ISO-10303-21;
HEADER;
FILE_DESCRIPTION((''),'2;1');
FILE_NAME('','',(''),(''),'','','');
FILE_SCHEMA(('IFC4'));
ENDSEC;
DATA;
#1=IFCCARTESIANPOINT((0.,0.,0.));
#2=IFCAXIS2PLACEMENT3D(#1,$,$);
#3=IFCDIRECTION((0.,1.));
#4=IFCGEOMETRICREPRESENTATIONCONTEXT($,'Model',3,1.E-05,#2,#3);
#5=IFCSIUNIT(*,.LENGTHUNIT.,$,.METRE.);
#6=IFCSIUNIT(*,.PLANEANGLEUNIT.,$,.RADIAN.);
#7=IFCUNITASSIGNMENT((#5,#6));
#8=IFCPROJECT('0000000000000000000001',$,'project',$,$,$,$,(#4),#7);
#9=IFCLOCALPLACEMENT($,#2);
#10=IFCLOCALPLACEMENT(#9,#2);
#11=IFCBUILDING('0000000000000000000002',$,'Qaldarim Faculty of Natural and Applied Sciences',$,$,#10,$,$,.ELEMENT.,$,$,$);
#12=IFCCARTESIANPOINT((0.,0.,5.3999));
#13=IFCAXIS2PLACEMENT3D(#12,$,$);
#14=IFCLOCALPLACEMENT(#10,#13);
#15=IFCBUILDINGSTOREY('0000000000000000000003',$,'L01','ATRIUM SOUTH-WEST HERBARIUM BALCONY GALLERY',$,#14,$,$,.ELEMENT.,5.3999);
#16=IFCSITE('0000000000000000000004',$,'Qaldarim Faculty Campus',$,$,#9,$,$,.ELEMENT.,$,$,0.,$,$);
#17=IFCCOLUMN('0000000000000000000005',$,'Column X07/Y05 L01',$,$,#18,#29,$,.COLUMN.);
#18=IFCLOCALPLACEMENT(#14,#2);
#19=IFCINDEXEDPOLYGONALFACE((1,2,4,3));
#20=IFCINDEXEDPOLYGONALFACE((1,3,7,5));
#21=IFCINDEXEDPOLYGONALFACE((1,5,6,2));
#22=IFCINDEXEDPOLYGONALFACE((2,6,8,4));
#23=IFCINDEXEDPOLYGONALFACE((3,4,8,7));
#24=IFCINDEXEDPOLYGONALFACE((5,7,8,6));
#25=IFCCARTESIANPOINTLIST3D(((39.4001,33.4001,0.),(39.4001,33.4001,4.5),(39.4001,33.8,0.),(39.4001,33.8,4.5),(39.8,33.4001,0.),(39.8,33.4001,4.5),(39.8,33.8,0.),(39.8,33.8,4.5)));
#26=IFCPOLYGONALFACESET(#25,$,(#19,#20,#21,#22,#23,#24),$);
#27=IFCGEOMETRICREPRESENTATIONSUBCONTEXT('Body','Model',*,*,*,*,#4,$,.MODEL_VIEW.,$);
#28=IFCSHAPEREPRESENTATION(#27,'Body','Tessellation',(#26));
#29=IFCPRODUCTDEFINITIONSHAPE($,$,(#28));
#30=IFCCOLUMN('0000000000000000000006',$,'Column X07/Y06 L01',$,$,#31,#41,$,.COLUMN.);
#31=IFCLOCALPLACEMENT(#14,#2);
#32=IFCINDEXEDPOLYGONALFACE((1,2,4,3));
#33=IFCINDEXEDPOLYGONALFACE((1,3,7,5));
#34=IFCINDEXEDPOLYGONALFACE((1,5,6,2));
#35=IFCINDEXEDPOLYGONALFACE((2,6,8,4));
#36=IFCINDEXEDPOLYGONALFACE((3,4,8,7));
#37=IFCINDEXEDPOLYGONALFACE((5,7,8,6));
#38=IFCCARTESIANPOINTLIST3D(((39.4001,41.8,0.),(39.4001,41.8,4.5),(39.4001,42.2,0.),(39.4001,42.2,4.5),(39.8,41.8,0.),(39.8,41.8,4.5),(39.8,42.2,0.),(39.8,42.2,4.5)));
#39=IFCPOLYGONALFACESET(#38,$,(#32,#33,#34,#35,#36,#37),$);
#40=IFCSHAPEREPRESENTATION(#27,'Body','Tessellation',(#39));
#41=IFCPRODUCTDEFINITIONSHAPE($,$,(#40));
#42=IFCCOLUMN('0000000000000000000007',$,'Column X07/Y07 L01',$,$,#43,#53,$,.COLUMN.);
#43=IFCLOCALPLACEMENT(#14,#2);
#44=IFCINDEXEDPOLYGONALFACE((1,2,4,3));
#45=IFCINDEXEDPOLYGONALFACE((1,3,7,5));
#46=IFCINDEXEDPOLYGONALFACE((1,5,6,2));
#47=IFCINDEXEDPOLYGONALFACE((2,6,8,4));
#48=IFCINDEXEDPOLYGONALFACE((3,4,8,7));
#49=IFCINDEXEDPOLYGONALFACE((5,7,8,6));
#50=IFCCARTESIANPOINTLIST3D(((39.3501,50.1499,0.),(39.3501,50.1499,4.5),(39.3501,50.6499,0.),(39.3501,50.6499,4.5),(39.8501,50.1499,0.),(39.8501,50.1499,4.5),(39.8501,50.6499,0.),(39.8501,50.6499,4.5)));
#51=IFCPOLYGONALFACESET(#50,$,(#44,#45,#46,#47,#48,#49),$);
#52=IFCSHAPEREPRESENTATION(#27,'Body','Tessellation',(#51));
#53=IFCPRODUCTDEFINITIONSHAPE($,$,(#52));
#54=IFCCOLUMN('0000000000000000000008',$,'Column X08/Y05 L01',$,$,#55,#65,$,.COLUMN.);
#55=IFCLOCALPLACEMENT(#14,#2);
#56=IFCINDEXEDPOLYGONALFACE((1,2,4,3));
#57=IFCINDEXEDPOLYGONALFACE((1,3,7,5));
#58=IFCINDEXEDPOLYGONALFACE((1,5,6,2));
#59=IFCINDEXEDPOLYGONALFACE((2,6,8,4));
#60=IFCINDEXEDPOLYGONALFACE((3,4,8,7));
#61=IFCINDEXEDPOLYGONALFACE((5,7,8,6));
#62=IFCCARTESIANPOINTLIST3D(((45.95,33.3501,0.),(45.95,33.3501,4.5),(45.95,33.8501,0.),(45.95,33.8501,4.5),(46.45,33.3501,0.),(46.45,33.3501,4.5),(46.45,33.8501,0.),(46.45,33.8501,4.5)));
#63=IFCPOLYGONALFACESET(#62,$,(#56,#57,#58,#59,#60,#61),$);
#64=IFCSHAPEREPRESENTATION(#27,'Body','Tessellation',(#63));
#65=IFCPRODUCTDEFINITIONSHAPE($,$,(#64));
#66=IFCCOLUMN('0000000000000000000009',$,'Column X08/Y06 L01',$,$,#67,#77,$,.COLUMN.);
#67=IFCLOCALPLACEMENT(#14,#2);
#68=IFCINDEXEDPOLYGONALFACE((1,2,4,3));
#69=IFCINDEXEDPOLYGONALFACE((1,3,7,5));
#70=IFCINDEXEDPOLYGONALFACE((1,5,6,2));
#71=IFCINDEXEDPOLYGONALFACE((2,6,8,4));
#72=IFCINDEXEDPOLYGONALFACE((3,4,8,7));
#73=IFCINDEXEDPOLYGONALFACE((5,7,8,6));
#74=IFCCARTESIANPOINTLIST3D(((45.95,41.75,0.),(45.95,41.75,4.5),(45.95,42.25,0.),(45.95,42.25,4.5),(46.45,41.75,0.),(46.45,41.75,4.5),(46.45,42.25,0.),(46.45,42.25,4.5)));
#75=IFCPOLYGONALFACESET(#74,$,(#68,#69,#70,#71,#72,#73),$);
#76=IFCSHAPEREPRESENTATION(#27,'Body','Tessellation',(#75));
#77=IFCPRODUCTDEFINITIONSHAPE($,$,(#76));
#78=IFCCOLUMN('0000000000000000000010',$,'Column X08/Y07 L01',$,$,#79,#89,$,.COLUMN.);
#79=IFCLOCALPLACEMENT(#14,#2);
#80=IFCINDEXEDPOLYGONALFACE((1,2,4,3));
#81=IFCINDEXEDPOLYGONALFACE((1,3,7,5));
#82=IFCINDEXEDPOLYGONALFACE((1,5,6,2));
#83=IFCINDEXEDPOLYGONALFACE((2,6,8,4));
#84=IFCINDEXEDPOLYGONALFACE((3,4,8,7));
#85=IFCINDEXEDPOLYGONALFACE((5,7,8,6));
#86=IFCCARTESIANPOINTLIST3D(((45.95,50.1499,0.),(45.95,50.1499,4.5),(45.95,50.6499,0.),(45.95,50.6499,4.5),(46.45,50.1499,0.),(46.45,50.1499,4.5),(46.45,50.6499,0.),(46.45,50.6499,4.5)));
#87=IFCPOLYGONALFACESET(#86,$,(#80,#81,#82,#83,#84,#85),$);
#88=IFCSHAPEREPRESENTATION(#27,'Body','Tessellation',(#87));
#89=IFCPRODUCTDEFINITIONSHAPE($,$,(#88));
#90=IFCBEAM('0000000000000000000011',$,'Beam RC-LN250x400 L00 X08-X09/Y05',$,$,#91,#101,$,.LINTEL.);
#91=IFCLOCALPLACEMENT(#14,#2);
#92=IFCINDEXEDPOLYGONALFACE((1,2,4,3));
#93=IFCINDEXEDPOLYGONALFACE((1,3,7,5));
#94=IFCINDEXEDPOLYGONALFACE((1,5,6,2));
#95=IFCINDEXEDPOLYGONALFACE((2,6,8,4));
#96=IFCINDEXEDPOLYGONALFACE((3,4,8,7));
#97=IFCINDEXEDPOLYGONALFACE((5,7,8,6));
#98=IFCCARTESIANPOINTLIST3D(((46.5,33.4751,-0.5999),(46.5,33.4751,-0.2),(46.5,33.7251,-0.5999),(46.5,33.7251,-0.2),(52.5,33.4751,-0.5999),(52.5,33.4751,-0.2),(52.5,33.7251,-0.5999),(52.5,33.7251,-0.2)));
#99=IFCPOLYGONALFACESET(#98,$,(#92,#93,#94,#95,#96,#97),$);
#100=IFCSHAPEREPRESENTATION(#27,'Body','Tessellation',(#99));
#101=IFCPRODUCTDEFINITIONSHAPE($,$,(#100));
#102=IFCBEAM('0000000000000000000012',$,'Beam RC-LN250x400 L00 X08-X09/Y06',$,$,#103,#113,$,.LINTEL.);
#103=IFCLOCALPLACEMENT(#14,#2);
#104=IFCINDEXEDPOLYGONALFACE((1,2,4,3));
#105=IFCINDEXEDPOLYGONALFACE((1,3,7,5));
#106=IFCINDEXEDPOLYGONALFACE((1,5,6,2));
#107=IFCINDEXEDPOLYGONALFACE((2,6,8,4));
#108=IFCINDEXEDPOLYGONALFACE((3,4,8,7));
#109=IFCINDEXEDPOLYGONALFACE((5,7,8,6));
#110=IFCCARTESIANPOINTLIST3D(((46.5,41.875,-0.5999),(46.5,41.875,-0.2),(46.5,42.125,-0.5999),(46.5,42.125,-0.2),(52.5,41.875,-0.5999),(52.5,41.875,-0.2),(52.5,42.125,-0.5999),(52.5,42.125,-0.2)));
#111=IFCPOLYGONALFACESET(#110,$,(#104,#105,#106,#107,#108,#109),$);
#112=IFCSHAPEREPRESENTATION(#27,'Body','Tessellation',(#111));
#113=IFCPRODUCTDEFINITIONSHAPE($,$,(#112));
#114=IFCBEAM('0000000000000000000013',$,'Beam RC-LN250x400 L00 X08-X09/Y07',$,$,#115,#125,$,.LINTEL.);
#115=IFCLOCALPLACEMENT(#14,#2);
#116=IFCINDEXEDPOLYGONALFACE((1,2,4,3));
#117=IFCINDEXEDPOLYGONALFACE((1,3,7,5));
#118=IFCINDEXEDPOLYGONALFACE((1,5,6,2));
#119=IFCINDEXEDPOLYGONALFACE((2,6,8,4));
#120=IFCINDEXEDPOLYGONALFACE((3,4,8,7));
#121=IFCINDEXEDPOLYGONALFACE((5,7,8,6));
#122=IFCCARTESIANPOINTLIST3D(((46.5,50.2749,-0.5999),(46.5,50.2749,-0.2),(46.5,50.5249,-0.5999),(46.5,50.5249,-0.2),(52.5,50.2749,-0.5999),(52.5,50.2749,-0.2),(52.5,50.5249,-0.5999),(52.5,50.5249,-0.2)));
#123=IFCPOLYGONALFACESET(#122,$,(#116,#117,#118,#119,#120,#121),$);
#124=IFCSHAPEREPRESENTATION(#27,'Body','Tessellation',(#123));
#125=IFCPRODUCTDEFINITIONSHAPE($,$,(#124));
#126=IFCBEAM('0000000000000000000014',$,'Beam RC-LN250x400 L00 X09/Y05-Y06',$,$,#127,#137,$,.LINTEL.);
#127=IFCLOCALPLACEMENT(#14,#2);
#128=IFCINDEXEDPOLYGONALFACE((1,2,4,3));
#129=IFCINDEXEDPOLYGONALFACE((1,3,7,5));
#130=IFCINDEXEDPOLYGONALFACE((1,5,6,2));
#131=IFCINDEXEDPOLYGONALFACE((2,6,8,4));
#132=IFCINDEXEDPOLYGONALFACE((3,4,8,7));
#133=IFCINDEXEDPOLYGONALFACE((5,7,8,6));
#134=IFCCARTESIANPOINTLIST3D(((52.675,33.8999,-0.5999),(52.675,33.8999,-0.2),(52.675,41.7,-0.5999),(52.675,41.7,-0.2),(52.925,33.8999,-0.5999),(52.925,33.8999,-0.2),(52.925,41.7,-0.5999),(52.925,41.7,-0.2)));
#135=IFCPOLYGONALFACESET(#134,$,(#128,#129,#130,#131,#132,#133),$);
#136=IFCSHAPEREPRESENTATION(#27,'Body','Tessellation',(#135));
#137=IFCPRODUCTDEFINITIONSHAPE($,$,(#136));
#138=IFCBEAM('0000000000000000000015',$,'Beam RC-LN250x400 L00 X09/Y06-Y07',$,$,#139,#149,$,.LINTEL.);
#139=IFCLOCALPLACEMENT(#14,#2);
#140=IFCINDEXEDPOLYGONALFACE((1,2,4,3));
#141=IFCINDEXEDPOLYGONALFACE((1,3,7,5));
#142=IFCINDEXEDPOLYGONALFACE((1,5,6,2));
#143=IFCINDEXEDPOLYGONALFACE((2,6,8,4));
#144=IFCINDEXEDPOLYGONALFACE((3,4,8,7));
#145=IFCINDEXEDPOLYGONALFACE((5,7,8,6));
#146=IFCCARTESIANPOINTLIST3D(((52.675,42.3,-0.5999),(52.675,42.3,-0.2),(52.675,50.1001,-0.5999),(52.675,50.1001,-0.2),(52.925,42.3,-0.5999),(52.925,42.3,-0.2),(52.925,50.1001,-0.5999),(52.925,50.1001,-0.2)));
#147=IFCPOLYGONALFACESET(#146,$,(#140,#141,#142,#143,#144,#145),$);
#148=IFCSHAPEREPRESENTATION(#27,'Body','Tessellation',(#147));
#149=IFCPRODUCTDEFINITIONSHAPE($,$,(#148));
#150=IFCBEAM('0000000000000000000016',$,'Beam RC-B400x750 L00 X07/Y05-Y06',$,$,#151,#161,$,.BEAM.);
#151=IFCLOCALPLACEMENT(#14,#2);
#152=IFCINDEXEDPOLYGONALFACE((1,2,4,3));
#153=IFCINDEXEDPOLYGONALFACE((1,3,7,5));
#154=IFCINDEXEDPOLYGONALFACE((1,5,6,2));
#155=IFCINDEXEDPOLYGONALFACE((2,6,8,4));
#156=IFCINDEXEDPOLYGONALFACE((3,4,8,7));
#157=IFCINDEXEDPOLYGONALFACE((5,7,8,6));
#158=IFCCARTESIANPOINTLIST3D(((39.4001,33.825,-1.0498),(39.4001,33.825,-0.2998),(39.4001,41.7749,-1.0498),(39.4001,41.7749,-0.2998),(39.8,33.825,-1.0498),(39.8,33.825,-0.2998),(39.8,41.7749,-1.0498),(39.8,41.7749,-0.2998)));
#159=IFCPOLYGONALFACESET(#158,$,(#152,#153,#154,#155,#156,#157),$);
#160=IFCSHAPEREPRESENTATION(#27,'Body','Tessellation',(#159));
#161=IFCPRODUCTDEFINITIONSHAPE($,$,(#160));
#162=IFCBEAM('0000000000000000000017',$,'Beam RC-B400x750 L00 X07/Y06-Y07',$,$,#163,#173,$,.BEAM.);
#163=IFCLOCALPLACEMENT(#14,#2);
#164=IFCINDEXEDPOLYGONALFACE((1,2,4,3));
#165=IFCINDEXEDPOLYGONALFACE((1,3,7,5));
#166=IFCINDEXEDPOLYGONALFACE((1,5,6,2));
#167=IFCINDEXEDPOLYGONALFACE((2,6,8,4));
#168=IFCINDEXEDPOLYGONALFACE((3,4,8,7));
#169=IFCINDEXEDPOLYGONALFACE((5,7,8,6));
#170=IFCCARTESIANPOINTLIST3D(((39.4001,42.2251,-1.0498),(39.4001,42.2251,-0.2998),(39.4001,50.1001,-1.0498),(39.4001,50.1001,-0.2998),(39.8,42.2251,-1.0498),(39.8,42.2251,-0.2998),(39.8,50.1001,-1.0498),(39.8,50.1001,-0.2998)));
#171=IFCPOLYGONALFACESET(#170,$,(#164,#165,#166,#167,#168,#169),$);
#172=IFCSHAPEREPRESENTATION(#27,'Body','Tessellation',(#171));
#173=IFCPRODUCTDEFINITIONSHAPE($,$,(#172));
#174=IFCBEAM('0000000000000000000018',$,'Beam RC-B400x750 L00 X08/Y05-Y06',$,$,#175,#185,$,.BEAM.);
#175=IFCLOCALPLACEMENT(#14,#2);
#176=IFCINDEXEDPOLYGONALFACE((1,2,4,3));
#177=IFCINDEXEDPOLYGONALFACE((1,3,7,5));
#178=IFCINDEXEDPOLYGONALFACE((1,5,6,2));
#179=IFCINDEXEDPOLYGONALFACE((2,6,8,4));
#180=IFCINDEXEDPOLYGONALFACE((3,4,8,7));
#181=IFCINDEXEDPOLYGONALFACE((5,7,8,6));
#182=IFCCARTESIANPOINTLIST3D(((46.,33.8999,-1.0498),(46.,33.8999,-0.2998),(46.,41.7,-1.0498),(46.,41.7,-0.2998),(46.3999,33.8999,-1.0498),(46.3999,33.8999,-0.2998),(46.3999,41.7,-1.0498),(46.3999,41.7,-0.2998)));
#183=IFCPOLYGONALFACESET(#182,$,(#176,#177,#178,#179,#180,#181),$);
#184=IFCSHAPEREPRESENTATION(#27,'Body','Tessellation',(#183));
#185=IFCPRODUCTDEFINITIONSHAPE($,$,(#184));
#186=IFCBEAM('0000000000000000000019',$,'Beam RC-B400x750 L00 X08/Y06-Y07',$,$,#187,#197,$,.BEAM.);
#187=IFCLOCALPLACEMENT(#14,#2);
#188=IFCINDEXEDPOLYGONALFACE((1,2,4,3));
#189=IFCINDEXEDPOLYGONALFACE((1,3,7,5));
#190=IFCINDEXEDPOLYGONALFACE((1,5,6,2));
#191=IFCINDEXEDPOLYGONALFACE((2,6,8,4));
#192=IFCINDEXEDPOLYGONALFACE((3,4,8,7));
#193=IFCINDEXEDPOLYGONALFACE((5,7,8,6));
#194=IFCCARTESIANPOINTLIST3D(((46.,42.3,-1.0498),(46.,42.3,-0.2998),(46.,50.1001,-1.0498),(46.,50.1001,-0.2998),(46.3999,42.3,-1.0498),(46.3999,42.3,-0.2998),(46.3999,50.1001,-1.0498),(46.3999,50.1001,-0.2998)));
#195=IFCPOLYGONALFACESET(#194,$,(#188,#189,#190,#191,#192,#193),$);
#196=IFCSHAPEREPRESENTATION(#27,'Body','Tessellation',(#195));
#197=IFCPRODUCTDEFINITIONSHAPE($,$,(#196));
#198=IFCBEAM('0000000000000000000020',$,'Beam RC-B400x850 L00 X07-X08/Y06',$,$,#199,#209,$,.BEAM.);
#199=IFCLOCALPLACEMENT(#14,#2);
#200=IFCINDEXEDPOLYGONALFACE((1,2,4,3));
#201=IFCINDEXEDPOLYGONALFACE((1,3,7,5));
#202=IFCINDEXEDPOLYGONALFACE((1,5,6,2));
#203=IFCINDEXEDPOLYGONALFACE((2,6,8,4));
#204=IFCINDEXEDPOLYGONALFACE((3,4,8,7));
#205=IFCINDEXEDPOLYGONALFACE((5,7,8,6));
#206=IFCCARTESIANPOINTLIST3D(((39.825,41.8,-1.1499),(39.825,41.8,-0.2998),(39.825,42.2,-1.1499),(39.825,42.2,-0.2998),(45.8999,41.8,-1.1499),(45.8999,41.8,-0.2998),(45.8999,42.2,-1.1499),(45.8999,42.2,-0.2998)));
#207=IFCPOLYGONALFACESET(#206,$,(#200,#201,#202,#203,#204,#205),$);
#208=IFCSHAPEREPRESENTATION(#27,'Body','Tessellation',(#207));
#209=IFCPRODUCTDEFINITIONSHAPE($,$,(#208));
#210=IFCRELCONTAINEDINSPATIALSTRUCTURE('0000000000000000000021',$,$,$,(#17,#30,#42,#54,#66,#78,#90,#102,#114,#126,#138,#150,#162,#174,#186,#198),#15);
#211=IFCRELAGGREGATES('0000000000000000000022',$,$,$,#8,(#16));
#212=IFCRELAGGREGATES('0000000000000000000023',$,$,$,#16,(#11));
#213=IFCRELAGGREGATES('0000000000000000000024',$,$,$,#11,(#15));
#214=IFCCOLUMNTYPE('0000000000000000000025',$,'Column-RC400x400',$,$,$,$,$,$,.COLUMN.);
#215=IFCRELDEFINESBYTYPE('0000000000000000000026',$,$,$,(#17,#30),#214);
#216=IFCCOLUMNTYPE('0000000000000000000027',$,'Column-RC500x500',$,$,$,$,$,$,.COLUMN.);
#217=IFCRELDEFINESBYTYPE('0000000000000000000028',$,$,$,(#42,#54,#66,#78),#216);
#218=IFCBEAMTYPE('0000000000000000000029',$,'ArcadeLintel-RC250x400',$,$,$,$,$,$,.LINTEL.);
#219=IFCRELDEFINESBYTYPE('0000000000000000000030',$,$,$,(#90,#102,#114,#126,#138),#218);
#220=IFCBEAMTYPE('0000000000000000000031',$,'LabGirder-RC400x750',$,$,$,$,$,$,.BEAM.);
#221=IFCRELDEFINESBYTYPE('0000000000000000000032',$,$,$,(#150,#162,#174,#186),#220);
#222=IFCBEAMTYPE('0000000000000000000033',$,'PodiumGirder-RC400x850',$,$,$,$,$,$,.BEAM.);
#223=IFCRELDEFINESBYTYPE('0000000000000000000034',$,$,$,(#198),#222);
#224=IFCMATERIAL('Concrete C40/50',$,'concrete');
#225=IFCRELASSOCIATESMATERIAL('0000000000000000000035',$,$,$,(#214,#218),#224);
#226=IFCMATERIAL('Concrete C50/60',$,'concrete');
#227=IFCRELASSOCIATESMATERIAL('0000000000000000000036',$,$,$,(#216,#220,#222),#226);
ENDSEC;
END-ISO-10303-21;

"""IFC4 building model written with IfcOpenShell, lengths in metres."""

from ifc_helpers import new_model, si_unit, direction, frame, origin, origin_2d, place, context, subcontext, project, spatial, rectangle, extrude, material, material_profile, profile_set, type_object, element, save


model = new_model("IFC4")

# Units and contexts
model_context = context("Model", 3, precision=1e-05, world=origin(), true_north=direction((0.0, 1.0)))
body_context = subcontext(model_context, "Body", "Model", "MODEL_VIEW")
ifc_project = project(units=[si_unit("LENGTHUNIT", "METRE"), si_unit("PLANEANGLEUNIT", "RADIAN")], contexts=[model_context])

# Site, building, storey
site_placement = place(None, origin())
site = spatial("IfcSite", under=ifc_project, at=site_placement, Name="Qaldarim Faculty Campus", CompositionType="ELEMENT", RefElevation=0.0)
building_placement = place(site_placement, origin())
building = spatial("IfcBuilding", under=site, at=building_placement, Name="Qaldarim Faculty of Natural and Applied Sciences", CompositionType="ELEMENT")
storey_placement = place(building_placement, frame((0.0, 0.0, 5.3999)))
storey = spatial("IfcBuildingStorey", under=building, at=storey_placement, Name="L01", Description="ATRIUM SOUTH-WEST HERBARIUM BALCONY GALLERY", CompositionType="ELEMENT", Elevation=5.3999)

# Columns
ifc_material_1 = material(Name="Concrete C40/50", Category="concrete")
ifc_material_profile_1 = material_profile(ifc_material_1, rectangle(XDim=0.3999, YDim=0.3999, at=origin_2d()), Name="RC-C400x400")
ifc_profile_set_1 = profile_set([ifc_material_profile_1], Name="Concrete C40/50")
column_type_1 = type_object("IfcColumnType", Name="Column-RC400x400", PredefinedType="COLUMN", material=ifc_profile_set_1)
for number, where, z_axis, x_axis, name in (
    (1, (39.6001, 33.6001, 0.0), (0.0, 0.0, 1.0), (1.0, 0.0, 0.0), "Column X07/Y05 L01"),
    (2, (39.6001, 42.0, 0.0), (0.0, 0.0, 1.0), (1.0, 0.0, 0.0), "Column X07/Y06 L01"),
):
    element("IfcColumn", number, at=place(storey_placement, frame(where, z_axis=z_axis, x_axis=x_axis)), inside=storey, type_object=column_type_1, Name=name, PredefinedType="COLUMN", context=body_context, shape_type="SweptSolid", body=[
        extrude(rectangle(XDim=0.3999, YDim=0.3999, at=origin_2d()), origin(), (0.0, 0.0, 1.0), 4.5),
    ])
ifc_material_2 = material(Name="Concrete C50/60", Category="concrete")
ifc_material_profile_2 = material_profile(ifc_material_2, rectangle(XDim=0.5, YDim=0.5, at=origin_2d()), Name="RC-C500x500")
ifc_profile_set_2 = profile_set([ifc_material_profile_2], Name="Concrete C50/60")
column_type_2 = type_object("IfcColumnType", Name="Column-RC500x500", PredefinedType="COLUMN", material=ifc_profile_set_2)
for number, where, z_axis, x_axis, name in (
    (3, (39.6001, 50.3999, 0.0), (0.0, 0.0, 1.0), (1.0, 0.0, 0.0), "Column X07/Y07 L01"),
    (4, (46.2, 33.6001, 0.0), (0.0, 0.0, 1.0), (1.0, 0.0, 0.0), "Column X08/Y05 L01"),
    (5, (46.2, 42.0, 0.0), (0.0, 0.0, 1.0), (1.0, 0.0, 0.0), "Column X08/Y06 L01"),
    (6, (46.2, 50.3999, 0.0), (0.0, 0.0, 1.0), (1.0, 0.0, 0.0), "Column X08/Y07 L01"),
):
    element("IfcColumn", number, at=place(storey_placement, frame(where, z_axis=z_axis, x_axis=x_axis)), inside=storey, type_object=column_type_2, Name=name, PredefinedType="COLUMN", context=body_context, shape_type="SweptSolid", body=[
        extrude(rectangle(XDim=0.5, YDim=0.5, at=origin_2d()), origin(), (0.0, 0.0, 1.0), 4.5),
    ])

# Beams
ifc_material_profile_3 = material_profile(ifc_material_1, rectangle(XDim=0.25, YDim=0.3999, at=origin_2d()), Name="RC-LN250x400")
ifc_profile_set_3 = profile_set([ifc_material_profile_3], Name="Concrete C40/50")
beam_type_1 = type_object("IfcBeamType", Name="ArcadeLintel-RC250x400", PredefinedType="LINTEL", material=ifc_profile_set_3)
for number, where, z_axis, x_axis, name in (
    (7, (46.5, 33.6001, -0.3999), (1.0, 0.0, 0.0), (0.0, 1.0, 0.0), "Beam RC-LN250x400 L00 X08-X09/Y05"),
    (8, (46.5, 42.0, -0.3999), (1.0, 0.0, 0.0), (0.0, 1.0, 0.0), "Beam RC-LN250x400 L00 X08-X09/Y06"),
    (9, (46.5, 50.3999, -0.3999), (1.0, 0.0, 0.0), (0.0, 1.0, 0.0), "Beam RC-LN250x400 L00 X08-X09/Y07"),
):
    element("IfcBeam", number, at=place(storey_placement, frame(where, z_axis=z_axis, x_axis=x_axis)), inside=storey, type_object=beam_type_1, Name=name, PredefinedType="LINTEL", context=body_context, shape_type="SweptSolid", body=[
        extrude(rectangle(XDim=0.25, YDim=0.3999, at=origin_2d()), origin(), (0.0, 0.0, 1.0), 6.0),
    ])
for number, where, z_axis, x_axis, name in (
    (10, (52.8, 33.8999, -0.3999), (0.0, 1.0, 0.0), (-1.0, 0.0, 0.0), "Beam RC-LN250x400 L00 X09/Y05-Y06"),
    (11, (52.8, 42.3, -0.3999), (0.0, 1.0, 0.0), (-1.0, 0.0, 0.0), "Beam RC-LN250x400 L00 X09/Y06-Y07"),
):
    element("IfcBeam", number, at=place(storey_placement, frame(where, z_axis=z_axis, x_axis=x_axis)), inside=storey, type_object=beam_type_1, Name=name, PredefinedType="LINTEL", context=body_context, shape_type="SweptSolid", body=[
        extrude(rectangle(XDim=0.25, YDim=0.3999, at=origin_2d()), origin(), (0.0, 0.0, 1.0), 7.8),
    ])
ifc_material_profile_4 = material_profile(ifc_material_2, rectangle(XDim=0.3999, YDim=0.75, at=origin_2d()), Name="RC-B400x750")
ifc_profile_set_4 = profile_set([ifc_material_profile_4], Name="Concrete C50/60")
beam_type_2 = type_object("IfcBeamType", Name="LabGirder-RC400x750", PredefinedType="BEAM", material=ifc_profile_set_4)
beam_1_placement = place(storey_placement, frame((39.6001, 33.825, -0.6748), z_axis=(0.0, 1.0, 0.0), x_axis=(-1.0, 0.0, 0.0)))
element("IfcBeam", 12, at=beam_1_placement, inside=storey, type_object=beam_type_2, Name="Beam RC-B400x750 L00 X07/Y05-Y06", PredefinedType="BEAM", context=body_context, shape_type="SweptSolid", body=[
    extrude(rectangle(XDim=0.3999, YDim=0.75, at=origin_2d()), origin(), (0.0, 0.0, 1.0), 7.95),
])
beam_2_placement = place(storey_placement, frame((39.6001, 42.2251, -0.6748), z_axis=(0.0, 1.0, 0.0), x_axis=(-1.0, 0.0, 0.0)))
element("IfcBeam", 13, at=beam_2_placement, inside=storey, type_object=beam_type_2, Name="Beam RC-B400x750 L00 X07/Y06-Y07", PredefinedType="BEAM", context=body_context, shape_type="SweptSolid", body=[
    extrude(rectangle(XDim=0.3999, YDim=0.75, at=origin_2d()), origin(), (0.0, 0.0, 1.0), 7.875),
])
for number, where, z_axis, x_axis, name in (
    (14, (46.2, 33.8999, -0.6748), (0.0, 1.0, 0.0), (-1.0, 0.0, 0.0), "Beam RC-B400x750 L00 X08/Y05-Y06"),
    (15, (46.2, 42.3, -0.6748), (0.0, 1.0, 0.0), (-1.0, 0.0, 0.0), "Beam RC-B400x750 L00 X08/Y06-Y07"),
):
    element("IfcBeam", number, at=place(storey_placement, frame(where, z_axis=z_axis, x_axis=x_axis)), inside=storey, type_object=beam_type_2, Name=name, PredefinedType="BEAM", context=body_context, shape_type="SweptSolid", body=[
        extrude(rectangle(XDim=0.3999, YDim=0.75, at=origin_2d()), origin(), (0.0, 0.0, 1.0), 7.8),
    ])
ifc_material_profile_5 = material_profile(ifc_material_2, rectangle(XDim=0.3999, YDim=0.8501, at=origin_2d()), Name="RC-B400x850")
ifc_profile_set_5 = profile_set([ifc_material_profile_5], Name="Concrete C50/60")
beam_type_3 = type_object("IfcBeamType", Name="PodiumGirder-RC400x850", PredefinedType="BEAM", material=ifc_profile_set_5)
beam_3_placement = place(storey_placement, frame((39.825, 42.0, -0.7249), z_axis=(1.0, 0.0, 0.0), x_axis=(0.0, 1.0, 0.0)))
element("IfcBeam", 16, at=beam_3_placement, inside=storey, type_object=beam_type_3, Name="Beam RC-B400x850 L00 X07-X08/Y06", PredefinedType="BEAM", context=body_context, shape_type="SweptSolid", body=[
    extrude(rectangle(XDim=0.3999, YDim=0.8501, at=origin_2d()), origin(), (0.0, 0.0, 1.0), 6.075),
])

save(model, "model.ifc")
